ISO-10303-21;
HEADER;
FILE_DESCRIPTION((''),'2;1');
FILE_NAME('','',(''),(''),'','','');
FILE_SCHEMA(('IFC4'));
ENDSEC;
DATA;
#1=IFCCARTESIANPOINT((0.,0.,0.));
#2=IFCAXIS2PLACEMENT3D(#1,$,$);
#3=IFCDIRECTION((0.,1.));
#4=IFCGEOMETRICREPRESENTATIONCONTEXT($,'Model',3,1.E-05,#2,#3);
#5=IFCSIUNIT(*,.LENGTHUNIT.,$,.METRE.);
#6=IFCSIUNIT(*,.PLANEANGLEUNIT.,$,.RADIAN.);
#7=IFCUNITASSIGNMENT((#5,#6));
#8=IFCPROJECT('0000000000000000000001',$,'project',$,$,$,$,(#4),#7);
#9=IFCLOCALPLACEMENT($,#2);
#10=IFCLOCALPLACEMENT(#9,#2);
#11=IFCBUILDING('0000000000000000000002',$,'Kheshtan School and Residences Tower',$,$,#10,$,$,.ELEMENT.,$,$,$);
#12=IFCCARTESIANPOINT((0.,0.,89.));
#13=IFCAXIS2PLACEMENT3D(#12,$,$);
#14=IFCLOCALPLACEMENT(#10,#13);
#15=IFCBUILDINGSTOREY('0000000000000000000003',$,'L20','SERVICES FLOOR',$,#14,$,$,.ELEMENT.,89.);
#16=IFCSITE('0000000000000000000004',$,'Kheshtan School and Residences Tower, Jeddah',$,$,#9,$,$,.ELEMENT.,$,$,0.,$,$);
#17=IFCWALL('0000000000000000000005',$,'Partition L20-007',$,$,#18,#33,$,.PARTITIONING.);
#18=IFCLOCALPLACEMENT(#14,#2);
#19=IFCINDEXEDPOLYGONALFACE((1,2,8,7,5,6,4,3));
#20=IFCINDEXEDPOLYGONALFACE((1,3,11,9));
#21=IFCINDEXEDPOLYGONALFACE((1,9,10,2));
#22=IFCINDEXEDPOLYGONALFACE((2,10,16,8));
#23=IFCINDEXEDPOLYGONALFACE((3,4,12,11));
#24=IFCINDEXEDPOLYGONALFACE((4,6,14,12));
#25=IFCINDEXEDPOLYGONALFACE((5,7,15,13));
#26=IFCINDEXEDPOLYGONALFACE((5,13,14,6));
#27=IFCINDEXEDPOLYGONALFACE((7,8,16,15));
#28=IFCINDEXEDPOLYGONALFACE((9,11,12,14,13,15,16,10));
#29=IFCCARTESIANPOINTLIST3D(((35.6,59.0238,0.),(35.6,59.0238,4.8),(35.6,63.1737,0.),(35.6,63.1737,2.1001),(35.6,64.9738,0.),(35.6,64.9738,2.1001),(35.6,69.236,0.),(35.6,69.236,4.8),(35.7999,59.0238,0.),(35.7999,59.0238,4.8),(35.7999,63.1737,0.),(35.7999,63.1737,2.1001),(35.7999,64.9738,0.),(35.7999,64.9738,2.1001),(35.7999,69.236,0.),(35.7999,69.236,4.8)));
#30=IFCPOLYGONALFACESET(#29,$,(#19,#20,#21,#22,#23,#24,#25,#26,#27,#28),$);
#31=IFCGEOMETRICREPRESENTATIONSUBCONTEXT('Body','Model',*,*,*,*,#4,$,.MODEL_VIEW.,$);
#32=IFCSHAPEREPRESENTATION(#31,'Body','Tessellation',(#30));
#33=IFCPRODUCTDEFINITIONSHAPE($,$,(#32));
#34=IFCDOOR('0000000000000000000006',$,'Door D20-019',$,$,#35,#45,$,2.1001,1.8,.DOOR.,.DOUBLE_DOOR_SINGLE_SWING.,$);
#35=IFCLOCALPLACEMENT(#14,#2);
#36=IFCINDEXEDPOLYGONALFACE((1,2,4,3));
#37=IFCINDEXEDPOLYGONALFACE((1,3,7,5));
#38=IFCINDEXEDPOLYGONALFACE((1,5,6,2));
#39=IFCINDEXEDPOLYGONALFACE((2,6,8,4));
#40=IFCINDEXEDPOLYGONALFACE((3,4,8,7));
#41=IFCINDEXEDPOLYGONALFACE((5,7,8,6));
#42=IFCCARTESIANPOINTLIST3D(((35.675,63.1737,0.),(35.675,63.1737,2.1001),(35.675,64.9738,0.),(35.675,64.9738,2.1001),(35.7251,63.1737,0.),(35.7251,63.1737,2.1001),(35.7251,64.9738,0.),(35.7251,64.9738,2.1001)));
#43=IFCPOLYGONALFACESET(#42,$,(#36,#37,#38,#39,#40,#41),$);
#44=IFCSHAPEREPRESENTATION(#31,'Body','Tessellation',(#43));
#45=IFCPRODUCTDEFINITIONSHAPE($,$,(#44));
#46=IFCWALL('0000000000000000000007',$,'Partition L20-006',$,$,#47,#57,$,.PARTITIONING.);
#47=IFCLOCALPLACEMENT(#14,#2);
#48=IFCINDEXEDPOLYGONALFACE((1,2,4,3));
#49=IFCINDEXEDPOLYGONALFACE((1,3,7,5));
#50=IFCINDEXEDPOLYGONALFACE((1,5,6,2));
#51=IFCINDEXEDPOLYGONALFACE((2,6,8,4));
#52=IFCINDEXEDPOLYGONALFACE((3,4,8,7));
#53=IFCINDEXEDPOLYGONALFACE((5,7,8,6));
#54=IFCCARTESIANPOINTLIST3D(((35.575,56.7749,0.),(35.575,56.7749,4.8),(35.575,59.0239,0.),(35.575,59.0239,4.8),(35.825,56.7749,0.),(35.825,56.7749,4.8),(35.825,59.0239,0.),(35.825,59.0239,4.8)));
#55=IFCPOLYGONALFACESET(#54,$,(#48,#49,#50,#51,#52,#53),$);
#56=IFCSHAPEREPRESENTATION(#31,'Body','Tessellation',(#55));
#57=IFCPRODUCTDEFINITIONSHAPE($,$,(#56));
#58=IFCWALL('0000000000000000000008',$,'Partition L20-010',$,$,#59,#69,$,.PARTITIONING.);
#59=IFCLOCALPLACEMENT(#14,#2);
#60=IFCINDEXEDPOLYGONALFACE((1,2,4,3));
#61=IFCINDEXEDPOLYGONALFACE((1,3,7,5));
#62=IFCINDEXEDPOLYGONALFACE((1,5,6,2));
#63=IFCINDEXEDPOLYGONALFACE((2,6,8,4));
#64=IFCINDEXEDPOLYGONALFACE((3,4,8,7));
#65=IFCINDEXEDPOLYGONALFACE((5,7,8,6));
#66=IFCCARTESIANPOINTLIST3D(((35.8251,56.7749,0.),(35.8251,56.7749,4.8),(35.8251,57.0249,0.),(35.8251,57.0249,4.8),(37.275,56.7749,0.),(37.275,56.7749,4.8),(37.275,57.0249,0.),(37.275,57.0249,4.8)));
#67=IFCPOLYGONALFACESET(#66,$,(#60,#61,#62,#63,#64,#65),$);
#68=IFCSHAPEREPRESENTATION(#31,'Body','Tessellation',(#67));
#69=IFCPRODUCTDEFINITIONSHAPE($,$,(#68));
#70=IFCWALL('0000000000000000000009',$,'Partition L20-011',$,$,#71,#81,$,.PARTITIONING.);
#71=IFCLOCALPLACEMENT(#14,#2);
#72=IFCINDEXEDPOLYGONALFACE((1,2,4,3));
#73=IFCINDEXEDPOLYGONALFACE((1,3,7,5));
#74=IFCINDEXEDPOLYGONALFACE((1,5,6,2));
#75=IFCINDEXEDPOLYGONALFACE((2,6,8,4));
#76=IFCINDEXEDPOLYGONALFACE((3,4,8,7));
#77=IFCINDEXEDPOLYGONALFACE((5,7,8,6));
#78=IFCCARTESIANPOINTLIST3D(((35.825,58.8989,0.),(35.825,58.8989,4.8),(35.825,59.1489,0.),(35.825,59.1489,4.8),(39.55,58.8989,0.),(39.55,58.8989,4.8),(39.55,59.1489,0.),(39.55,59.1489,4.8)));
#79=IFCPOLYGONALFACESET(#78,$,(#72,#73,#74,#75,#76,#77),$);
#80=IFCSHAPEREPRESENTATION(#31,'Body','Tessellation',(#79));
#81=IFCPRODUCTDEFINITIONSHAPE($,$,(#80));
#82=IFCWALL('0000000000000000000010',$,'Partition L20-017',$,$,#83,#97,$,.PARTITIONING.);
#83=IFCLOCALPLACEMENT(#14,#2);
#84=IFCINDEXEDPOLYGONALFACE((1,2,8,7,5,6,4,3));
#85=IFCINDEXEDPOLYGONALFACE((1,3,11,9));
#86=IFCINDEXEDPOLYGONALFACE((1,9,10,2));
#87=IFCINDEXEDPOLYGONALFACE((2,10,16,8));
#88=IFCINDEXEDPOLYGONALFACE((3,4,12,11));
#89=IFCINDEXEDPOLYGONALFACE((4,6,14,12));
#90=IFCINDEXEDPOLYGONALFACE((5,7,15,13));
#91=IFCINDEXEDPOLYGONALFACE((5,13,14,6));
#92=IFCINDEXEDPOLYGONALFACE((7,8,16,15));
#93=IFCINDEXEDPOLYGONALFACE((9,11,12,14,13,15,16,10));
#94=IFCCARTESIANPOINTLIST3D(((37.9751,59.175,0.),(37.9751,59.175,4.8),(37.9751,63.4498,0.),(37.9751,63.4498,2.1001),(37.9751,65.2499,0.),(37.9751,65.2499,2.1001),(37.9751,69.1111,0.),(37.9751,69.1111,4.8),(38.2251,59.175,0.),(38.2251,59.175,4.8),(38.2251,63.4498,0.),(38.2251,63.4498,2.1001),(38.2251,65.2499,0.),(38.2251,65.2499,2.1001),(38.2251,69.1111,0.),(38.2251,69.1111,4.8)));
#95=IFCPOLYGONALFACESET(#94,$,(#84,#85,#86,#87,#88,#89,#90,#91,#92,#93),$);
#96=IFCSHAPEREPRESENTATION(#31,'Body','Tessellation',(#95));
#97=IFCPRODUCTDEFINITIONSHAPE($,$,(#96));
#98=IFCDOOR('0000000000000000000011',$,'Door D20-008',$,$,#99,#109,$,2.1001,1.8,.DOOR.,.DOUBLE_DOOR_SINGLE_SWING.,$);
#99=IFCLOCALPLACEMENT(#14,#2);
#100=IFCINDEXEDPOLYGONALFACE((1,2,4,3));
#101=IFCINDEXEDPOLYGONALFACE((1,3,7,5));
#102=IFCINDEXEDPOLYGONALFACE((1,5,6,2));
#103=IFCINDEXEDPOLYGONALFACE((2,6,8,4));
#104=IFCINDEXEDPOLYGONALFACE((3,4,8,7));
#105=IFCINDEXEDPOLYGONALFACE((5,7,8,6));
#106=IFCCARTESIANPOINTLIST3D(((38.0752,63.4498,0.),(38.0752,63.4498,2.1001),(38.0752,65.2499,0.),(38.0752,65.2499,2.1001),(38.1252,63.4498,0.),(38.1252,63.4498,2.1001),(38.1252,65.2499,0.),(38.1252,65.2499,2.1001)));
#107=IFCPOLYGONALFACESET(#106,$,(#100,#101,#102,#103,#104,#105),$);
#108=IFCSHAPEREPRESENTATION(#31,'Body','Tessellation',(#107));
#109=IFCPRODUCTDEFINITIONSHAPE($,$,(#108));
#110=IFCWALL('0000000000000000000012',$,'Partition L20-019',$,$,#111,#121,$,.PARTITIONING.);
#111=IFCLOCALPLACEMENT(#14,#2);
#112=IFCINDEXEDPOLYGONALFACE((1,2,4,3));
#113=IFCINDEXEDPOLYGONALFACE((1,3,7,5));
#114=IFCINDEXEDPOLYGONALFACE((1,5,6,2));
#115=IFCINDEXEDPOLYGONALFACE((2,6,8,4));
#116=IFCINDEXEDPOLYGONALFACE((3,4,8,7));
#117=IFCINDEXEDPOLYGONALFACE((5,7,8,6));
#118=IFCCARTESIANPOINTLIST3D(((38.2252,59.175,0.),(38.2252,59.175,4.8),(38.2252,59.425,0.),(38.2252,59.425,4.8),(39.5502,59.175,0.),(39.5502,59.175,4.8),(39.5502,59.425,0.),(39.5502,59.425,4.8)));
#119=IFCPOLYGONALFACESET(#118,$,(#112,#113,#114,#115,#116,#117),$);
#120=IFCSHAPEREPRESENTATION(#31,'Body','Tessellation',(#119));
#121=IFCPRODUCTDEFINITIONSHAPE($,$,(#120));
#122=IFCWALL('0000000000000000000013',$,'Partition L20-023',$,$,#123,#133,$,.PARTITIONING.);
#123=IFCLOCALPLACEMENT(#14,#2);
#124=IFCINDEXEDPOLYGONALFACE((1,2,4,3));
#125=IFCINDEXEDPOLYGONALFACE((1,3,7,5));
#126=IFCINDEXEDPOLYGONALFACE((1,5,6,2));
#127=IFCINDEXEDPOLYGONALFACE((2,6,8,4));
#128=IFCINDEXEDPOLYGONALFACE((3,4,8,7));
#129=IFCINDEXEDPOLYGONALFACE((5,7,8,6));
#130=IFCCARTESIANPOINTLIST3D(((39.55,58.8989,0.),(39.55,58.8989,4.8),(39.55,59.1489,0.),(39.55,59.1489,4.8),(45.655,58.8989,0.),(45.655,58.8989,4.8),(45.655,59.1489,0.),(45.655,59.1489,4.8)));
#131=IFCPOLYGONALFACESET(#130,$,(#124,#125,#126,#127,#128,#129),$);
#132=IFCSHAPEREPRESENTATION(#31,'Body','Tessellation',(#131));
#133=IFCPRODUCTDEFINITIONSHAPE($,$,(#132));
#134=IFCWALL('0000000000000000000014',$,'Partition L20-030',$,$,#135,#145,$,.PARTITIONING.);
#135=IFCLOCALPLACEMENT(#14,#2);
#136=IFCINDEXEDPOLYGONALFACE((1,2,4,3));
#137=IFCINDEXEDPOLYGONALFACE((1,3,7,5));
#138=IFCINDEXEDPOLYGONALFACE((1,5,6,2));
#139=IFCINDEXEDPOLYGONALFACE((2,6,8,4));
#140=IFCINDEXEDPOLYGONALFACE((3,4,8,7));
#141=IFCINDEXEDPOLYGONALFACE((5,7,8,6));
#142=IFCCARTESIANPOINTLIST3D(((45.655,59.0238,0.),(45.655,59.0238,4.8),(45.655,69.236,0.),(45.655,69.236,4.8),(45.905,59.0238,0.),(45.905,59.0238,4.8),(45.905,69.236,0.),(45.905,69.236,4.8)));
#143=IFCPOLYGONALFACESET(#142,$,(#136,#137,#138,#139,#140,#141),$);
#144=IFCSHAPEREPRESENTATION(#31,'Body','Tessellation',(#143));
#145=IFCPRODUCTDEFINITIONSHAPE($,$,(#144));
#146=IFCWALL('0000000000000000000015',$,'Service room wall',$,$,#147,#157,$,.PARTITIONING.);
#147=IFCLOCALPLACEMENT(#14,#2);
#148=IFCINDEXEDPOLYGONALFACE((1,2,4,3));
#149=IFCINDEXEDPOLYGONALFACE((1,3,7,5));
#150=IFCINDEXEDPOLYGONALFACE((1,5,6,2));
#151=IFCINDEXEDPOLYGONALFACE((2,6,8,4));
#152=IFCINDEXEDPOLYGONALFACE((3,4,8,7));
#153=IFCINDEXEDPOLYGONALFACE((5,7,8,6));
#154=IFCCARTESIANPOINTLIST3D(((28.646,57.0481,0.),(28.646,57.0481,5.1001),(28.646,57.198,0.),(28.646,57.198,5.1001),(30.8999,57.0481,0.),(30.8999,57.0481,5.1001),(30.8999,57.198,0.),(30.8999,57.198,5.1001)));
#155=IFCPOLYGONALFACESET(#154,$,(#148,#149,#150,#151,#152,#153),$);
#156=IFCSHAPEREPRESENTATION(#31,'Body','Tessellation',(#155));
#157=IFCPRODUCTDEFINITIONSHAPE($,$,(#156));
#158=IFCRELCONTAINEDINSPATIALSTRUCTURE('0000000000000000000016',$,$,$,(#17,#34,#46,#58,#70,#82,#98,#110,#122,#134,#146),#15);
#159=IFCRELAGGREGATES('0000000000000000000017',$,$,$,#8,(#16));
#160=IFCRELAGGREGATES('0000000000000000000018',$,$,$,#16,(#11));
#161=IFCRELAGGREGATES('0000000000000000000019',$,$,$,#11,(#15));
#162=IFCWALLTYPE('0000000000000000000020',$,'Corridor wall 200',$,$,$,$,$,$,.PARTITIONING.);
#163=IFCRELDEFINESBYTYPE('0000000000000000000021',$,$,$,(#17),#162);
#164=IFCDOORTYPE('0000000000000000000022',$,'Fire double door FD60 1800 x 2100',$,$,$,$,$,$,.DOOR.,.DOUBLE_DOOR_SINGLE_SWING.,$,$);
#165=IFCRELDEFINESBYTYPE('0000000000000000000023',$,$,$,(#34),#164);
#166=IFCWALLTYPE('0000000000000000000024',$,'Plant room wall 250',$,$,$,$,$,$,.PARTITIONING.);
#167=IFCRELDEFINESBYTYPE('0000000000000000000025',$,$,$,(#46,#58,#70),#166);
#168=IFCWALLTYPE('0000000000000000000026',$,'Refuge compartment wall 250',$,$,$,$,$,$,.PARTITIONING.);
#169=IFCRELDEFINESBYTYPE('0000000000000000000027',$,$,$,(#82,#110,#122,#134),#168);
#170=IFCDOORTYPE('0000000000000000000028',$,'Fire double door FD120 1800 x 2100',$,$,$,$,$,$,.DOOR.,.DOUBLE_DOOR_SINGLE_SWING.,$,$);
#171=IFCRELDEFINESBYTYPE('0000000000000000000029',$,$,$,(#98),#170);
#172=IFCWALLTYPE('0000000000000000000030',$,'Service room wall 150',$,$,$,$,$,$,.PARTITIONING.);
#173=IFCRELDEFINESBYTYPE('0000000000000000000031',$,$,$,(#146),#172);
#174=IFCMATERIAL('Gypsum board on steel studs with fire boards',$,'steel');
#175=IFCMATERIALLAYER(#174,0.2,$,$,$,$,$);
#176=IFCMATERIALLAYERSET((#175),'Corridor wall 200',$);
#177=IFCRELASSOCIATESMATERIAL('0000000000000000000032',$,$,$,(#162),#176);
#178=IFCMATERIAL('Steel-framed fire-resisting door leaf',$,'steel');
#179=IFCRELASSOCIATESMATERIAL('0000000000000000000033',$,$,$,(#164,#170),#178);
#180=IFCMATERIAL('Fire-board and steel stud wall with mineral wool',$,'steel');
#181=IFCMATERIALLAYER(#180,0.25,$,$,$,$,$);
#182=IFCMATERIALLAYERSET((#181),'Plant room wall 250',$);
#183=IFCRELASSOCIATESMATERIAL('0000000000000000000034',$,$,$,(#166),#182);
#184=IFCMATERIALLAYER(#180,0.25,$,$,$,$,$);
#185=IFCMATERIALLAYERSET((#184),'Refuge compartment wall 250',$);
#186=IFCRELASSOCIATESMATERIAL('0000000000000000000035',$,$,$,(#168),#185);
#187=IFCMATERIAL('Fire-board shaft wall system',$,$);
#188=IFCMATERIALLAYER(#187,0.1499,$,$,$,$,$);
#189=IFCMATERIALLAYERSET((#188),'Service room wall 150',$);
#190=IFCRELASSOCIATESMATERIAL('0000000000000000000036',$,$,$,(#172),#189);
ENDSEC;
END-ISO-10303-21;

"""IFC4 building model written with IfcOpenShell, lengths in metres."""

from ifc_helpers import new_model, si_unit, direction, frame, frame_2d, origin, place, context, subcontext, project, spatial, rectangle, extrude, source, transform, mapped, material, layer, layer_set, type_object, element, fill, save


model = new_model("IFC4")

# Units and contexts
model_context = context("Model", 3, precision=1e-05, world=origin(), true_north=direction((0.0, 1.0)))
body_context = subcontext(model_context, "Body", "Model", "MODEL_VIEW")
ifc_project = project(units=[si_unit("LENGTHUNIT", "METRE"), si_unit("PLANEANGLEUNIT", "RADIAN")], contexts=[model_context])

# Site, building, storey
site_placement = place(None, origin())
site = spatial("IfcSite", under=ifc_project, at=site_placement, Name="Kheshtan School and Residences Tower, Jeddah", CompositionType="ELEMENT", RefElevation=0.0)
building_placement = place(site_placement, origin())
building = spatial("IfcBuilding", under=site, at=building_placement, Name="Kheshtan School and Residences Tower", CompositionType="ELEMENT")
storey_placement = place(building_placement, frame((0.0, 0.0, 89.0)))
storey = spatial("IfcBuildingStorey", under=building, at=storey_placement, Name="L20", Description="SERVICES FLOOR", CompositionType="ELEMENT", Elevation=89.0)

# Wall, opening, door
ifc_material_1 = material(Name="Gypsum board on steel studs with fire boards", Category="steel")
ifc_layer_1 = layer(ifc_material_1, 0.2)
ifc_layer_set_1 = layer_set([ifc_layer_1], Name="Corridor wall 200")
wall_type_1 = type_object("IfcWallType", Name="Corridor wall 200", PredefinedType="PARTITIONING", material=ifc_layer_set_1)
wall_1_placement = place(storey_placement, frame((35.7, 59.0239, 0.0), z_axis=(0.0, 0.0, 1.0), x_axis=(0.0, 1.0, 0.0)))
wall_1 = element("IfcWall", 1, at=wall_1_placement, inside=storey, type_object=wall_type_1, Name="Partition L20-007", PredefinedType="PARTITIONING", context=body_context, shape_type="SweptSolid", body=[
    extrude(rectangle(XDim=10.2122, YDim=0.2, at=frame_2d((5.106, 0.0))), origin(), (0.0, 0.0, 1.0), 4.8),
])
opening_1_placement = place(wall_1_placement, frame((4.1499, 0.0, 0.0)))
opening_1 = element("IfcOpeningElement", 2, at=opening_1_placement, cuts=wall_1, PredefinedType="OPENING", context=body_context, shape_type="SweptSolid", body=[
    extrude(rectangle(XDim=1.8, YDim=2.1001, at=frame_2d((0.8999, 1.05))), frame((0.0, 0.1099, 0.0), z_axis=(0.0, -1.0, 0.0), x_axis=(1.0, 0.0, 0.0)), (0.0, 0.0, 1.0), 0.22),
])
ifc_material_2 = material(Name="Steel-framed fire-resisting door leaf", Category="steel")
door_type_1 = type_object("IfcDoorType", Name="Fire double door FD60 1800 x 2100", OperationType="DOUBLE_DOOR_SINGLE_SWING", PredefinedType="DOOR", material=ifc_material_2)
shared_shape_1 = source(origin(), body_context, "Body", "SweptSolid", [
    extrude(rectangle(XDim=1.8, YDim=2.1001, at=frame_2d((0.8999, 1.05))), frame((0.0, 0.0249, 0.0), z_axis=(0.0, -1.0, 0.0), x_axis=(1.0, 0.0, 0.0)), (0.0, 0.0, 1.0), 0.05),
])
door_1_placement = place(opening_1_placement, origin())
door_1 = element("IfcDoor", 3, at=door_1_placement, inside=storey, type_object=door_type_1, Name="Door D20-019", OperationType="DOUBLE_DOOR_SINGLE_SWING", OverallHeight=2.1001, OverallWidth=1.8, PredefinedType="DOOR", context=body_context, shape_type="MappedRepresentation", body=[
    mapped(shared_shape_1, transform((0.0, 0.0, 0.0), x_axis=(1.0, 0.0, 0.0), y_axis=(0.0, 1.0, 0.0), z_axis=(0.0, 0.0, 1.0), scale=1.0)),
])
fill(opening_1, door_1)

# Walls
ifc_material_3 = material(Name="Fire-board and steel stud wall with mineral wool", Category="steel")
ifc_layer_2 = layer(ifc_material_3, 0.25)
ifc_layer_set_2 = layer_set([ifc_layer_2], Name="Plant room wall 250")
wall_type_2 = type_object("IfcWallType", Name="Plant room wall 250", PredefinedType="PARTITIONING", material=ifc_layer_set_2)
wall_2_placement = place(storey_placement, frame((35.7, 56.7749, 0.0), z_axis=(0.0, 0.0, 1.0), x_axis=(0.0, 1.0, 0.0)))
element("IfcWall", 4, at=wall_2_placement, inside=storey, type_object=wall_type_2, Name="Partition L20-006", PredefinedType="PARTITIONING", context=body_context, shape_type="SweptSolid", body=[
    extrude(rectangle(XDim=2.249, YDim=0.25, at=frame_2d((1.1245, 0.0))), origin(), (0.0, 0.0, 1.0), 4.8),
])
wall_3_placement = place(storey_placement, frame((35.825, 56.8999, 0.0), z_axis=(0.0, 0.0, 1.0), x_axis=(1.0, 0.0, 0.0)))
element("IfcWall", 5, at=wall_3_placement, inside=storey, type_object=wall_type_2, Name="Partition L20-010", PredefinedType="PARTITIONING", context=body_context, shape_type="SweptSolid", body=[
    extrude(rectangle(XDim=1.45, YDim=0.25, at=frame_2d((0.7251, 0.0))), origin(), (0.0, 0.0, 1.0), 4.8),
])
wall_4_placement = place(storey_placement, frame((35.825, 59.0239, 0.0), z_axis=(0.0, 0.0, 1.0), x_axis=(1.0, 0.0, 0.0)))
element("IfcWall", 6, at=wall_4_placement, inside=storey, type_object=wall_type_2, Name="Partition L20-011", PredefinedType="PARTITIONING", context=body_context, shape_type="SweptSolid", body=[
    extrude(rectangle(XDim=3.7251, YDim=0.25, at=frame_2d((1.8625, 0.0))), origin(), (0.0, 0.0, 1.0), 4.8),
])

# Wall, opening, door
ifc_layer_3 = layer(ifc_material_3, 0.25)
ifc_layer_set_3 = layer_set([ifc_layer_3], Name="Refuge compartment wall 250")
wall_type_3 = type_object("IfcWallType", Name="Refuge compartment wall 250", PredefinedType="PARTITIONING", material=ifc_layer_set_3)
wall_5_placement = place(storey_placement, frame((38.1001, 59.175, 0.0), z_axis=(0.0, 0.0, 1.0), x_axis=(0.0, 1.0, 0.0)))
wall_5 = element("IfcWall", 7, at=wall_5_placement, inside=storey, type_object=wall_type_3, Name="Partition L20-017", PredefinedType="PARTITIONING", context=body_context, shape_type="SweptSolid", body=[
    extrude(rectangle(XDim=9.936, YDim=0.25, at=frame_2d((4.968, 0.0))), origin(), (0.0, 0.0, 1.0), 4.8),
])
opening_2_placement = place(wall_5_placement, frame((4.2749, 0.0, 0.0)))
opening_2 = element("IfcOpeningElement", 8, at=opening_2_placement, cuts=wall_5, PredefinedType="OPENING", context=body_context, shape_type="SweptSolid", body=[
    extrude(rectangle(XDim=1.8, YDim=2.1001, at=frame_2d((0.8999, 1.05))), frame((0.0, 0.135, 0.0), z_axis=(0.0, -1.0, 0.0), x_axis=(1.0, 0.0, 0.0)), (0.0, 0.0, 1.0), 0.27),
])
door_type_2 = type_object("IfcDoorType", Name="Fire double door FD120 1800 x 2100", OperationType="DOUBLE_DOOR_SINGLE_SWING", PredefinedType="DOOR", material=ifc_material_2)
shared_shape_2 = source(origin(), body_context, "Body", "SweptSolid", [
    extrude(rectangle(XDim=1.8, YDim=2.1001, at=frame_2d((0.8999, 1.05))), frame((0.0, 0.0249, 0.0), z_axis=(0.0, -1.0, 0.0), x_axis=(1.0, 0.0, 0.0)), (0.0, 0.0, 1.0), 0.05),
])
door_2_placement = place(opening_2_placement, origin())
door_2 = element("IfcDoor", 9, at=door_2_placement, inside=storey, type_object=door_type_2, Name="Door D20-008", OperationType="DOUBLE_DOOR_SINGLE_SWING", OverallHeight=2.1001, OverallWidth=1.8, PredefinedType="DOOR", context=body_context, shape_type="MappedRepresentation", body=[
    mapped(shared_shape_2, transform((0.0, 0.0, 0.0), x_axis=(1.0, 0.0, 0.0), y_axis=(0.0, 1.0, 0.0), z_axis=(0.0, 0.0, 1.0), scale=1.0)),
])
fill(opening_2, door_2)

# Walls
wall_6_placement = place(storey_placement, frame((38.2251, 59.3, 0.0), z_axis=(0.0, 0.0, 1.0), x_axis=(1.0, 0.0, 0.0)))
element("IfcWall", 10, at=wall_6_placement, inside=storey, type_object=wall_type_3, Name="Partition L20-019", PredefinedType="PARTITIONING", context=body_context, shape_type="SweptSolid", body=[
    extrude(rectangle(XDim=1.325, YDim=0.25, at=frame_2d((0.6626, 0.0))), origin(), (0.0, 0.0, 1.0), 4.8),
])
wall_7_placement = place(storey_placement, frame((39.55, 59.0239, 0.0), z_axis=(0.0, 0.0, 1.0), x_axis=(1.0, 0.0, 0.0)))
element("IfcWall", 11, at=wall_7_placement, inside=storey, type_object=wall_type_3, Name="Partition L20-023", PredefinedType="PARTITIONING", context=body_context, shape_type="SweptSolid", body=[
    extrude(rectangle(XDim=6.105, YDim=0.25, at=frame_2d((3.0525, 0.0))), origin(), (0.0, 0.0, 1.0), 4.8),
])
wall_8_placement = place(storey_placement, frame((45.78, 59.0239, 0.0), z_axis=(0.0, 0.0, 1.0), x_axis=(0.0, 1.0, 0.0)))
element("IfcWall", 12, at=wall_8_placement, inside=storey, type_object=wall_type_3, Name="Partition L20-030", PredefinedType="PARTITIONING", context=body_context, shape_type="SweptSolid", body=[
    extrude(rectangle(XDim=10.2122, YDim=0.25, at=frame_2d((5.106, 0.0))), origin(), (0.0, 0.0, 1.0), 4.8),
])
ifc_material_4 = material(Name="Fire-board shaft wall system")
ifc_layer_4 = layer(ifc_material_4, 0.1499)
ifc_layer_set_4 = layer_set([ifc_layer_4], Name="Service room wall 150")
wall_type_4 = type_object("IfcWallType", Name="Service room wall 150", PredefinedType="PARTITIONING", material=ifc_layer_set_4)
wall_9_placement = place(storey_placement, frame((28.646, 57.123, 0.0), z_axis=(0.0, 0.0, 1.0), x_axis=(1.0, 0.0, 0.0)))
element("IfcWall", 13, at=wall_9_placement, inside=storey, type_object=wall_type_4, Name="Service room wall", PredefinedType="PARTITIONING", context=body_context, shape_type="SweptSolid", body=[
    extrude(rectangle(XDim=2.2539, YDim=0.1499, at=frame_2d((1.127, 0.0))), origin(), (0.0, 0.0, 1.0), 5.1001),
])

save(model, "model.ifc")
